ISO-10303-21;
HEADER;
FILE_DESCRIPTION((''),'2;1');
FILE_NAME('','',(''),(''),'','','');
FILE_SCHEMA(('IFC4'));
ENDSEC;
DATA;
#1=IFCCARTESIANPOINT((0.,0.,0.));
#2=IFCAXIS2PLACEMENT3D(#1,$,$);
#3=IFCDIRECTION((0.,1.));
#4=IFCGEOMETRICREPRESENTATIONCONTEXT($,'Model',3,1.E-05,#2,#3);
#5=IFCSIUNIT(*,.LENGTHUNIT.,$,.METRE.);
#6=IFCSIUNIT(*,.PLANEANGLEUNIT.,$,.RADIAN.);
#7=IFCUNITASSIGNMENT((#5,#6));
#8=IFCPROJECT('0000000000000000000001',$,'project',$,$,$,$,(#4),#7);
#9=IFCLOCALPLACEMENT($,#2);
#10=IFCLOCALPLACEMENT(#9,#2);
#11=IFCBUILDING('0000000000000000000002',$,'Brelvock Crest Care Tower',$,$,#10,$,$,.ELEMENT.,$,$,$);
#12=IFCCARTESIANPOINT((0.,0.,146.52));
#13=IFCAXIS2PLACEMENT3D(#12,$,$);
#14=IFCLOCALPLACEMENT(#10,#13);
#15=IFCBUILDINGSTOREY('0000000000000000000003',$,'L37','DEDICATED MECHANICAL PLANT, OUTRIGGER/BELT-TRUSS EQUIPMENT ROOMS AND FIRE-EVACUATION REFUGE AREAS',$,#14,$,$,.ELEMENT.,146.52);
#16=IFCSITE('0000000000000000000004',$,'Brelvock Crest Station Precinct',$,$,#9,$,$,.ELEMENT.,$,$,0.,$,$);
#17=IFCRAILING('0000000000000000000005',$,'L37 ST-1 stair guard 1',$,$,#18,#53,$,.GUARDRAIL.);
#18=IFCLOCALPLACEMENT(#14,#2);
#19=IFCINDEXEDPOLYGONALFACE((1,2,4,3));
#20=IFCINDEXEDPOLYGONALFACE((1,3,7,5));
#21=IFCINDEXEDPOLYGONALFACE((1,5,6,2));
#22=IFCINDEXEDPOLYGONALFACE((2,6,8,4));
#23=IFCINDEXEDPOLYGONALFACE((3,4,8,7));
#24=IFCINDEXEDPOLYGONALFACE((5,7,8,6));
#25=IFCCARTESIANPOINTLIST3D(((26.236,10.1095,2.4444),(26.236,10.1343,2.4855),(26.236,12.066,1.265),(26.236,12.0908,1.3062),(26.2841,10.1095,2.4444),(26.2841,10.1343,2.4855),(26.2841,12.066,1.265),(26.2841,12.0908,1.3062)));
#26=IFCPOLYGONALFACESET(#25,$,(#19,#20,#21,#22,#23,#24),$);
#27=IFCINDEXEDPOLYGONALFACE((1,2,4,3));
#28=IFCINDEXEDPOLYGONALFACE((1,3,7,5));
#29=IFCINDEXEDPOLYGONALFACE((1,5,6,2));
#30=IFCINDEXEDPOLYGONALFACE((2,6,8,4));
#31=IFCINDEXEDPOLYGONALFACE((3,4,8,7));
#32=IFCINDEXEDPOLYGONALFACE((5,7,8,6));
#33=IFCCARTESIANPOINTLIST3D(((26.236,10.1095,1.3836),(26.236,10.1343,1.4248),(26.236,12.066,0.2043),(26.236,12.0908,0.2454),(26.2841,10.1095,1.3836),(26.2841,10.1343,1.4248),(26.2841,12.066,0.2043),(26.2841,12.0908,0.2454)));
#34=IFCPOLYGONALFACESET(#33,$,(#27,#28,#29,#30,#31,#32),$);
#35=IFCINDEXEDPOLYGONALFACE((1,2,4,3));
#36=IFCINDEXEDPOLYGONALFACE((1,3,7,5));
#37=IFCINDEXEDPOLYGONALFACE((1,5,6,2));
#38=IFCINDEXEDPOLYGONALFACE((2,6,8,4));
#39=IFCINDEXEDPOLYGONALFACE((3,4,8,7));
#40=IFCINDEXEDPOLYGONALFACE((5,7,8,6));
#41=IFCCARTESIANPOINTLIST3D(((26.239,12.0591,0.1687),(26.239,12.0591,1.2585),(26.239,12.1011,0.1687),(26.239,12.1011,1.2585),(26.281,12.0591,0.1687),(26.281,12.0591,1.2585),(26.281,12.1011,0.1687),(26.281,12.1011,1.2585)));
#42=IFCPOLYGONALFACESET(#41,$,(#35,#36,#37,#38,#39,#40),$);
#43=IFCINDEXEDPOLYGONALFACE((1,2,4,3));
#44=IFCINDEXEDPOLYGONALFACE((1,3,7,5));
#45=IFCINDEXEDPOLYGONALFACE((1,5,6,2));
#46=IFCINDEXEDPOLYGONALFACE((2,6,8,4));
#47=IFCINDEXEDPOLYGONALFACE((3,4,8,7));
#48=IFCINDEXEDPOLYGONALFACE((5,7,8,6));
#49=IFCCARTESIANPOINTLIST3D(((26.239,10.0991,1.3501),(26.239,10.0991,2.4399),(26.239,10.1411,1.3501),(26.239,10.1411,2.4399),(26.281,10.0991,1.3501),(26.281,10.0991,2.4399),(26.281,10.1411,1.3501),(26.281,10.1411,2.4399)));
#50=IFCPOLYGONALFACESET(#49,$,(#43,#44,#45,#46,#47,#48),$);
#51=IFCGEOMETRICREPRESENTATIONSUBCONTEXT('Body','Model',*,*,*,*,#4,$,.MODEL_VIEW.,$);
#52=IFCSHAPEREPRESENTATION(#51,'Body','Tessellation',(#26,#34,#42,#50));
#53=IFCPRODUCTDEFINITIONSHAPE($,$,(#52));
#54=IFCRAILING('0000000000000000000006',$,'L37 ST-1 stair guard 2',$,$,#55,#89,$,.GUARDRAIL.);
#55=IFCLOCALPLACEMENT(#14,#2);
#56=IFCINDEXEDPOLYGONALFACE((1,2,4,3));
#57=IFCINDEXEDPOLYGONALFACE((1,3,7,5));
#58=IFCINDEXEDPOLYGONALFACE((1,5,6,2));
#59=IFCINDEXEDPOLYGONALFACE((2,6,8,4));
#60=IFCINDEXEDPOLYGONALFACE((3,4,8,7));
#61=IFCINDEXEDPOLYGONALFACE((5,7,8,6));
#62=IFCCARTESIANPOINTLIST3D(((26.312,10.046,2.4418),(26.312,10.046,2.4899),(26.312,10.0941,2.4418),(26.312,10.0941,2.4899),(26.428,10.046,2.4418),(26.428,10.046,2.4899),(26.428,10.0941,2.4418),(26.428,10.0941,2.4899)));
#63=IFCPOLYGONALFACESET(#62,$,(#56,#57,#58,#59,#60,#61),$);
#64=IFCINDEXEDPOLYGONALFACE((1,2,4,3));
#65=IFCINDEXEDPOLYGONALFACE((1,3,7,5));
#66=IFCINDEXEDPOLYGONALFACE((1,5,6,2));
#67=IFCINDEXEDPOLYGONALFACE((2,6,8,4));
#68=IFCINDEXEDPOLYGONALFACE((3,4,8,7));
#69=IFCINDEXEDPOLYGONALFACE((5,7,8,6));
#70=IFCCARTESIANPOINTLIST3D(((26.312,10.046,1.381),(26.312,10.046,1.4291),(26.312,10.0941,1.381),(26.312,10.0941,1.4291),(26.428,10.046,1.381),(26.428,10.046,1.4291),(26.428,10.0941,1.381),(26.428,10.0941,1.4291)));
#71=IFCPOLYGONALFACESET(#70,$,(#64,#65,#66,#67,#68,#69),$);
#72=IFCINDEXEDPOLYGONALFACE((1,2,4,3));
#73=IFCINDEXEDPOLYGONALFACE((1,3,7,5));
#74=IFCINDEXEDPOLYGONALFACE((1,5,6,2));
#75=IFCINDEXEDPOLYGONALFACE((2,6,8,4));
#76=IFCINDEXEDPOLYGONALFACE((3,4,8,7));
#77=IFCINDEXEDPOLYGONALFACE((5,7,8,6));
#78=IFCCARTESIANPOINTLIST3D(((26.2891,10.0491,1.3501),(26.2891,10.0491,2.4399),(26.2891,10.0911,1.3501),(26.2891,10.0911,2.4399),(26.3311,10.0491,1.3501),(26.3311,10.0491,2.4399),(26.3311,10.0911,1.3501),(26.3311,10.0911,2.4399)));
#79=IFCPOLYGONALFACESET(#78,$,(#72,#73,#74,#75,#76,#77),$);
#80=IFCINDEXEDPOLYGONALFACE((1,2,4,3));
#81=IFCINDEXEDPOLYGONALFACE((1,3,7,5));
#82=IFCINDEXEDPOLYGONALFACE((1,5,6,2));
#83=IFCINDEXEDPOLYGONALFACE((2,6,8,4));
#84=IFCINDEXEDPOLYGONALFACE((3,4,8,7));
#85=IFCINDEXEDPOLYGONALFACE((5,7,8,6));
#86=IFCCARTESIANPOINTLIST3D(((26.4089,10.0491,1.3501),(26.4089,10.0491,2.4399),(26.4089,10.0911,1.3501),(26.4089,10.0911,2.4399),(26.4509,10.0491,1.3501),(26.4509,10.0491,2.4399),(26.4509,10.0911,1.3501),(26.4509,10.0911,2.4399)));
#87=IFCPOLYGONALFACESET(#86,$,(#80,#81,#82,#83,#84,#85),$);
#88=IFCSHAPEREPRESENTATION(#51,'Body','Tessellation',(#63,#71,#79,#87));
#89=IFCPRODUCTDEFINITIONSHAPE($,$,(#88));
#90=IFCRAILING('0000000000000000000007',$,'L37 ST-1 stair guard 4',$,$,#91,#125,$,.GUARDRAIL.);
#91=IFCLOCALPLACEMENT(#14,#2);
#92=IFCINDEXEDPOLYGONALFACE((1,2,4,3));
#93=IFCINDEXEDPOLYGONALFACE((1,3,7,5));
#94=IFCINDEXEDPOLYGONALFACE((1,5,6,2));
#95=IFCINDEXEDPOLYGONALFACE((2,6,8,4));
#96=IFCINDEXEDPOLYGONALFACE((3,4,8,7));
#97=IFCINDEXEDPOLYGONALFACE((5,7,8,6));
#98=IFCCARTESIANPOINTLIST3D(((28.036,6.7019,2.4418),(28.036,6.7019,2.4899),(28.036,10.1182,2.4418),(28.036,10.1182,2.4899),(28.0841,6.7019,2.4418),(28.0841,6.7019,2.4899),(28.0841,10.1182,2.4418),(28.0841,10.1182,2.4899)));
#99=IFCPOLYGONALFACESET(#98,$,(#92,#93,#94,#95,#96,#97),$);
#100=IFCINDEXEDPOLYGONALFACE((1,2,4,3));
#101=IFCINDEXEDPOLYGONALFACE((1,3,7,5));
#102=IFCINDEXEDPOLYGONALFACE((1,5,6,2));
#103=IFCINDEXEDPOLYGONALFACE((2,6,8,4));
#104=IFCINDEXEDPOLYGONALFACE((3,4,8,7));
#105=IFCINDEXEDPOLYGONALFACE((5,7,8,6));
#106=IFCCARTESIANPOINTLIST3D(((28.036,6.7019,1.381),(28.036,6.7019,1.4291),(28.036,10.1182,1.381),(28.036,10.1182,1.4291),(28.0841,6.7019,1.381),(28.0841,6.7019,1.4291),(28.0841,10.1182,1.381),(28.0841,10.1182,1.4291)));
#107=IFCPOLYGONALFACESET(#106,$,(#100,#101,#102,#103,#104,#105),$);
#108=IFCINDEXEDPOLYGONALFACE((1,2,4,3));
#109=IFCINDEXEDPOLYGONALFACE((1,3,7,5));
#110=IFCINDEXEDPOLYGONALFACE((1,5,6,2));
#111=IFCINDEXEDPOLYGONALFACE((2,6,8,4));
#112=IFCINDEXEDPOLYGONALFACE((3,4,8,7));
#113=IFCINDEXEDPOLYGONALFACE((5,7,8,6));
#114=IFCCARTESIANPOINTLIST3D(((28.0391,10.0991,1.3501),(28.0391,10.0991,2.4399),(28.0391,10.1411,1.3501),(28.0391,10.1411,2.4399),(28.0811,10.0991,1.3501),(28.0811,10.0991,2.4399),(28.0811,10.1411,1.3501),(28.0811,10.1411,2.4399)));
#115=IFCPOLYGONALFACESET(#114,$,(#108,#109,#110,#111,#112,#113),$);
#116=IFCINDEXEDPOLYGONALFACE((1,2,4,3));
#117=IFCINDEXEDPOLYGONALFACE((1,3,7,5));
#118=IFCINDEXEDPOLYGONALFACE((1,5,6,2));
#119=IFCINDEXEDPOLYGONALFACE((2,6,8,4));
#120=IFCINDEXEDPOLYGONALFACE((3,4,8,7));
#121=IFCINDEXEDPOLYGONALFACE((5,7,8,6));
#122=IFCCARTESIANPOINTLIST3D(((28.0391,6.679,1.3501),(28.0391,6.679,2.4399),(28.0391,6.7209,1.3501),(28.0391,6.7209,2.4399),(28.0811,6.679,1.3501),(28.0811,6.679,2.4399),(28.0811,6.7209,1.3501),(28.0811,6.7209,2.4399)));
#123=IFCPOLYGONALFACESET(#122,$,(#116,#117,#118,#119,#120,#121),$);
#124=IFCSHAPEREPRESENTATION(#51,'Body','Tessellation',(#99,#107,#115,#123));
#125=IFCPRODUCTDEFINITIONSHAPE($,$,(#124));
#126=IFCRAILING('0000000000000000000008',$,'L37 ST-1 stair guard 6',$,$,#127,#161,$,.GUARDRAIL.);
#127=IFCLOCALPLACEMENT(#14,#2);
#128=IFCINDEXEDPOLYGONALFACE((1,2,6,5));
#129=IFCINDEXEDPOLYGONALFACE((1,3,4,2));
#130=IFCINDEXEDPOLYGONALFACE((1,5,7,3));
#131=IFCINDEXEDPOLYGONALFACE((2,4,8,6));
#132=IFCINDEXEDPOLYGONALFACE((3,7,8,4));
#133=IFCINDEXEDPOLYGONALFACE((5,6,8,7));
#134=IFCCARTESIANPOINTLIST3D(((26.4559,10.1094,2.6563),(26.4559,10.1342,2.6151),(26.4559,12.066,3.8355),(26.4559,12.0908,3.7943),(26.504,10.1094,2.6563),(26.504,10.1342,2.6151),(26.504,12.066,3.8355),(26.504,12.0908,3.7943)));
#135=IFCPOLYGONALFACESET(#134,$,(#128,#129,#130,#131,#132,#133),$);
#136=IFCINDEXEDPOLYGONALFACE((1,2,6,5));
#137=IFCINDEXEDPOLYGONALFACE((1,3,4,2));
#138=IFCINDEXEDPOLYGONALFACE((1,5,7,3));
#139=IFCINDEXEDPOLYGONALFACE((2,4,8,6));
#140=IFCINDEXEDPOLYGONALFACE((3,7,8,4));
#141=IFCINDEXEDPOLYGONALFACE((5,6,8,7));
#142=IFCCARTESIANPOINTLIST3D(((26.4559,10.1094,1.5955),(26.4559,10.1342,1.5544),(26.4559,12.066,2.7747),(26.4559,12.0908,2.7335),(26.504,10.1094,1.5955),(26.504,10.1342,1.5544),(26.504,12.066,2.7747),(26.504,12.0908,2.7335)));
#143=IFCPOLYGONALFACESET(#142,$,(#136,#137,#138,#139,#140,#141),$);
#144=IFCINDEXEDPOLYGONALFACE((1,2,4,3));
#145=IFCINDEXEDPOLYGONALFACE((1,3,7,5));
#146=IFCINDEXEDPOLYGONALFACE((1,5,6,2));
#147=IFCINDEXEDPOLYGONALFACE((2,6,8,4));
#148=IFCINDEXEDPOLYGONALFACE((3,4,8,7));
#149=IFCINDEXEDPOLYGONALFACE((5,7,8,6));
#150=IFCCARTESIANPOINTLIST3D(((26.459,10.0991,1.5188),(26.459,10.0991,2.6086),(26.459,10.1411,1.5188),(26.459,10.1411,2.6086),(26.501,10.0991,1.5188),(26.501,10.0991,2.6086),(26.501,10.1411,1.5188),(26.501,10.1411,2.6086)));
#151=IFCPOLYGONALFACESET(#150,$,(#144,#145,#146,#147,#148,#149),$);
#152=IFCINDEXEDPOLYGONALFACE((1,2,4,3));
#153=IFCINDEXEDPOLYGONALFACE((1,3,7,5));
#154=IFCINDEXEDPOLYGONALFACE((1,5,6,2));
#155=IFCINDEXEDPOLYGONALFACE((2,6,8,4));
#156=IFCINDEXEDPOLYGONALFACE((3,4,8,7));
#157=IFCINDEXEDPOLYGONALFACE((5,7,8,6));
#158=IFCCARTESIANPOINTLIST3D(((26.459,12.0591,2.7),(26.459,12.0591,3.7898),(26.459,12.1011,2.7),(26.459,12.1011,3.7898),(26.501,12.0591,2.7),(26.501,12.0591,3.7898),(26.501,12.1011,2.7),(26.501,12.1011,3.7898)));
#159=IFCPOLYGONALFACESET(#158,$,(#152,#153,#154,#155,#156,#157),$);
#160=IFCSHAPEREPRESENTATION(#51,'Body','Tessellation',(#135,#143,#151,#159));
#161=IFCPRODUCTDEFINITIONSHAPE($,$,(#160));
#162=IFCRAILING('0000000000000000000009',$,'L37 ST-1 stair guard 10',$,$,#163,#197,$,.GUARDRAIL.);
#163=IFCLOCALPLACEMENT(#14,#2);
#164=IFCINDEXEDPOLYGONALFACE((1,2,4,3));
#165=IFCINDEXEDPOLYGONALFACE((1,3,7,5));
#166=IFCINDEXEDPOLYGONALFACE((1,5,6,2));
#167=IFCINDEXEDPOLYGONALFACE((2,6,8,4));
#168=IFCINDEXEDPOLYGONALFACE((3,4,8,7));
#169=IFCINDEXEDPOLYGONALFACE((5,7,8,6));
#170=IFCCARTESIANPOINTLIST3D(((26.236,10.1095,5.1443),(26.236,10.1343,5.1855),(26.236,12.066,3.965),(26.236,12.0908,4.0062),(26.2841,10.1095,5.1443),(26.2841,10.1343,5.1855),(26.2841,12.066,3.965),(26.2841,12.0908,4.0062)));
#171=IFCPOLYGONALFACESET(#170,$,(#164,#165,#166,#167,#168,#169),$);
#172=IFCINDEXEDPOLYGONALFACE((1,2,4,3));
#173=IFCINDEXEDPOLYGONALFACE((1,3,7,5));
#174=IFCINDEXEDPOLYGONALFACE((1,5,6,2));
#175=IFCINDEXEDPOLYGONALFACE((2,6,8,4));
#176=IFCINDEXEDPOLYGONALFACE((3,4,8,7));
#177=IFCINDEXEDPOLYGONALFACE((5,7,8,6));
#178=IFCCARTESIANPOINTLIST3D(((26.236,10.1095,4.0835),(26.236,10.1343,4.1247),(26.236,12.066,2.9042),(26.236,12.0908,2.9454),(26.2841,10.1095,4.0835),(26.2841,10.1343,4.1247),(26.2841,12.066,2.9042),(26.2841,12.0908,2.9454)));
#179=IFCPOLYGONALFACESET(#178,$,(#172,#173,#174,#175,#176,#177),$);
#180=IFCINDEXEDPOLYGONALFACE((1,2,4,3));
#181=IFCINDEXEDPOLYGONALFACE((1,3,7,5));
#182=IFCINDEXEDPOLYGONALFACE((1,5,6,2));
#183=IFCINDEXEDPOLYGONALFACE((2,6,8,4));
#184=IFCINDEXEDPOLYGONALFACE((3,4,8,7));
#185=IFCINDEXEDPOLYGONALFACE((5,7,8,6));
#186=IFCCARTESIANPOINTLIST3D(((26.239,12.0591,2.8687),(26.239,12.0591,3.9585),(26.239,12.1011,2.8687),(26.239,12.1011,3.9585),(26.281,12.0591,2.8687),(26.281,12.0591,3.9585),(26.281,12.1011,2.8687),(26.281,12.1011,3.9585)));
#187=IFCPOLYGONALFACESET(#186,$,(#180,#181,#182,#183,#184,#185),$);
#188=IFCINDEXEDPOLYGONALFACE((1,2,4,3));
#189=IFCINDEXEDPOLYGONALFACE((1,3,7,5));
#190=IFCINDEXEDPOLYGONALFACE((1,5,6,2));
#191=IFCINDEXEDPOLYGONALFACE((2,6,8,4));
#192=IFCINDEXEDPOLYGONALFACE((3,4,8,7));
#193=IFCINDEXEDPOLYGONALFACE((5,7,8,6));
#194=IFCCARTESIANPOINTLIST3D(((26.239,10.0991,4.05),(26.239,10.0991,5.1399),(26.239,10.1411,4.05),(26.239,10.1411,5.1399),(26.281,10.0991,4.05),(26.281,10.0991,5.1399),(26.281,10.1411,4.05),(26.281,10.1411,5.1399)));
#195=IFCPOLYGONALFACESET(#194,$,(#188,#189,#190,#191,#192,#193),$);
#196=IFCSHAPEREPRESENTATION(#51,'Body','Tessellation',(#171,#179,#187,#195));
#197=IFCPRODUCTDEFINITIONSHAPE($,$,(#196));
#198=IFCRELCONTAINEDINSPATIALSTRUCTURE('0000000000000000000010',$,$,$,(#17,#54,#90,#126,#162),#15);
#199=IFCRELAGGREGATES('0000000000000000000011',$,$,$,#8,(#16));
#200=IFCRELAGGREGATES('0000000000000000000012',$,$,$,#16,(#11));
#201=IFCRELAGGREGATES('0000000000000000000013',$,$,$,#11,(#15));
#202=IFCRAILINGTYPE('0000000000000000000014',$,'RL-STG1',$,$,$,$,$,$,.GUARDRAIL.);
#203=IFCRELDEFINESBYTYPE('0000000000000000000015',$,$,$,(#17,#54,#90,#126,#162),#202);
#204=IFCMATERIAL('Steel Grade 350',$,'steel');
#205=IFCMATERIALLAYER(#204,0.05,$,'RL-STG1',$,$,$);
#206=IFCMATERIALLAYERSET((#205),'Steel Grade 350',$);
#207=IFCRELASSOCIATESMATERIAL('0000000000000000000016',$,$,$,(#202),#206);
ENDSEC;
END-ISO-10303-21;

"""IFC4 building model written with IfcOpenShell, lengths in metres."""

from ifc_helpers import new_model, si_unit, direction, frame, origin, origin_2d, place, context, subcontext, project, spatial, rectangle, extrude, material, layer, layer_set, type_object, element, save


model = new_model("IFC4")

# Units and contexts
model_context = context("Model", 3, precision=1e-05, world=origin(), true_north=direction((0.0, 1.0)))
body_context = subcontext(model_context, "Body", "Model", "MODEL_VIEW")
ifc_project = project(units=[si_unit("LENGTHUNIT", "METRE"), si_unit("PLANEANGLEUNIT", "RADIAN")], contexts=[model_context])

# Site, building, storey
site_placement = place(None, origin())
site = spatial("IfcSite", under=ifc_project, at=site_placement, Name="Brelvock Crest Station Precinct", CompositionType="ELEMENT", RefElevation=0.0)
building_placement = place(site_placement, origin())
building = spatial("IfcBuilding", under=site, at=building_placement, Name="Brelvock Crest Care Tower", CompositionType="ELEMENT")
storey_placement = place(building_placement, frame((0.0, 0.0, 146.52)))
storey = spatial("IfcBuildingStorey", under=building, at=storey_placement, Name="L37", Description="DEDICATED MECHANICAL PLANT, OUTRIGGER/BELT-TRUSS EQUIPMENT ROOMS AND FIRE-EVACUATION REFUGE AREAS", CompositionType="ELEMENT", Elevation=146.52)

# Shared definitions
ifc_material_1 = material(Name="Steel Grade 350", Category="steel")

# Railings
ifc_layer_1 = layer(ifc_material_1, 0.05, Name="RL-STG1")
ifc_layer_set_1 = layer_set([ifc_layer_1], Name="Steel Grade 350")
railing_type_1 = type_object("IfcRailingType", Name="RL-STG1", PredefinedType="GUARDRAIL", material=ifc_layer_set_1)
railing_1_placement = place(storey_placement, frame((26.26, 12.0801, 0.1687)))
element("IfcRailing", 1, at=railing_1_placement, inside=storey, type_object=railing_type_1, Name="L37 ST-1 stair guard 1", PredefinedType="GUARDRAIL", context=body_context, shape_type="SweptSolid", body=[
    extrude(rectangle(XDim=0.0481, YDim=0.0481, at=origin_2d()), frame((0.0, -0.0017, 1.1169), z_axis=(0.0, -0.856446, 0.516236), x_axis=(1.0, 0.0, 0.0)), (0.0, 0.0, 1.0), 2.2844),
    extrude(rectangle(XDim=0.0481, YDim=0.0481, at=origin_2d()), frame((0.0, -0.0017, 0.0562), z_axis=(0.0, -0.856446, 0.516236), x_axis=(1.0, 0.0, 0.0)), (0.0, 0.0, 1.0), 2.2844),
    extrude(rectangle(XDim=0.042, YDim=0.042, at=origin_2d()), origin(), (0.0, 0.0, 1.0), 1.0898),
    extrude(rectangle(XDim=0.042, YDim=0.042, at=origin_2d()), frame((0.0, -1.96, 1.1814)), (0.0, 0.0, 1.0), 1.0898),
])
railing_2_placement = place(storey_placement, frame((26.3101, 10.0701, 1.3501)))
element("IfcRailing", 2, at=railing_2_placement, inside=storey, type_object=railing_type_1, Name="L37 ST-1 stair guard 2", PredefinedType="GUARDRAIL", context=body_context, shape_type="SweptSolid", body=[
    extrude(rectangle(XDim=0.0481, YDim=0.0481, at=origin_2d()), frame((0.002, 0.0, 1.1157), z_axis=(1.0, 0.0, 0.0), x_axis=(0.0, 1.0, 0.0)), (0.0, 0.0, 1.0), 0.116),
    extrude(rectangle(XDim=0.0481, YDim=0.0481, at=origin_2d()), frame((0.002, 0.0, 0.0549), z_axis=(1.0, 0.0, 0.0), x_axis=(0.0, 1.0, 0.0)), (0.0, 0.0, 1.0), 0.116),
    extrude(rectangle(XDim=0.042, YDim=0.042, at=origin_2d()), origin(), (0.0, 0.0, 1.0), 1.0898),
    extrude(rectangle(XDim=0.042, YDim=0.042, at=origin_2d()), frame((0.1199, 0.0, 0.0)), (0.0, 0.0, 1.0), 1.0898),
])
railing_3_placement = place(storey_placement, frame((28.0601, 10.1201, 1.3501)))
element("IfcRailing", 3, at=railing_3_placement, inside=storey, type_object=railing_type_1, Name="L37 ST-1 stair guard 4", PredefinedType="GUARDRAIL", context=body_context, shape_type="SweptSolid", body=[
    extrude(rectangle(XDim=0.0481, YDim=0.0481, at=origin_2d()), frame((0.0, -0.002, 1.1157), z_axis=(0.0, -1.0, 0.0), x_axis=(1.0, 0.0, 0.0)), (0.0, 0.0, 1.0), 3.4163),
    extrude(rectangle(XDim=0.0481, YDim=0.0481, at=origin_2d()), frame((0.0, -0.002, 0.0549), z_axis=(0.0, -1.0, 0.0), x_axis=(1.0, 0.0, 0.0)), (0.0, 0.0, 1.0), 3.4163),
    extrude(rectangle(XDim=0.042, YDim=0.042, at=origin_2d()), origin(), (0.0, 0.0, 1.0), 1.0898),
    extrude(rectangle(XDim=0.042, YDim=0.042, at=origin_2d()), frame((0.0, -3.4202, 0.0)), (0.0, 0.0, 1.0), 1.0898),
])
railing_4_placement = place(storey_placement, frame((26.48, 10.1201, 1.5188)))
element("IfcRailing", 4, at=railing_4_placement, inside=storey, type_object=railing_type_1, Name="L37 ST-1 stair guard 6", PredefinedType="GUARDRAIL", context=body_context, shape_type="SweptSolid", body=[
    extrude(rectangle(XDim=0.0481, YDim=0.0481, at=origin_2d()), frame((0.0, 0.0017, 1.1169), z_axis=(0.0, 0.856493, 0.516158), x_axis=(-1.0, 0.0, 0.0)), (0.0, 0.0, 1.0), 2.2844),
    extrude(rectangle(XDim=0.0481, YDim=0.0481, at=origin_2d()), frame((0.0, 0.0017, 0.0562), z_axis=(0.0, 0.856493, 0.516158), x_axis=(-1.0, 0.0, 0.0)), (0.0, 0.0, 1.0), 2.2844),
    extrude(rectangle(XDim=0.042, YDim=0.042, at=origin_2d()), origin(), (0.0, 0.0, 1.0), 1.0898),
    extrude(rectangle(XDim=0.042, YDim=0.042, at=origin_2d()), frame((0.0, 1.96, 1.1812)), (0.0, 0.0, 1.0), 1.0898),
])
railing_5_placement = place(storey_placement, frame((26.26, 12.0801, 2.8687)))
element("IfcRailing", 5, at=railing_5_placement, inside=storey, type_object=railing_type_1, Name="L37 ST-1 stair guard 10", PredefinedType="GUARDRAIL", context=body_context, shape_type="SweptSolid", body=[
    extrude(rectangle(XDim=0.0481, YDim=0.0481, at=origin_2d()), frame((0.0, -0.0017, 1.1169), z_axis=(0.0, -0.856446, 0.516236), x_axis=(1.0, 0.0, 0.0)), (0.0, 0.0, 1.0), 2.2844),
    extrude(rectangle(XDim=0.0481, YDim=0.0481, at=origin_2d()), frame((0.0, -0.0017, 0.0562), z_axis=(0.0, -0.856446, 0.516236), x_axis=(1.0, 0.0, 0.0)), (0.0, 0.0, 1.0), 2.2844),
    extrude(rectangle(XDim=0.042, YDim=0.042, at=origin_2d()), origin(), (0.0, 0.0, 1.0), 1.0898),
    extrude(rectangle(XDim=0.042, YDim=0.042, at=origin_2d()), frame((0.0, -1.96, 1.1814)), (0.0, 0.0, 1.0), 1.0898),
])

save(model, "model.ifc")
